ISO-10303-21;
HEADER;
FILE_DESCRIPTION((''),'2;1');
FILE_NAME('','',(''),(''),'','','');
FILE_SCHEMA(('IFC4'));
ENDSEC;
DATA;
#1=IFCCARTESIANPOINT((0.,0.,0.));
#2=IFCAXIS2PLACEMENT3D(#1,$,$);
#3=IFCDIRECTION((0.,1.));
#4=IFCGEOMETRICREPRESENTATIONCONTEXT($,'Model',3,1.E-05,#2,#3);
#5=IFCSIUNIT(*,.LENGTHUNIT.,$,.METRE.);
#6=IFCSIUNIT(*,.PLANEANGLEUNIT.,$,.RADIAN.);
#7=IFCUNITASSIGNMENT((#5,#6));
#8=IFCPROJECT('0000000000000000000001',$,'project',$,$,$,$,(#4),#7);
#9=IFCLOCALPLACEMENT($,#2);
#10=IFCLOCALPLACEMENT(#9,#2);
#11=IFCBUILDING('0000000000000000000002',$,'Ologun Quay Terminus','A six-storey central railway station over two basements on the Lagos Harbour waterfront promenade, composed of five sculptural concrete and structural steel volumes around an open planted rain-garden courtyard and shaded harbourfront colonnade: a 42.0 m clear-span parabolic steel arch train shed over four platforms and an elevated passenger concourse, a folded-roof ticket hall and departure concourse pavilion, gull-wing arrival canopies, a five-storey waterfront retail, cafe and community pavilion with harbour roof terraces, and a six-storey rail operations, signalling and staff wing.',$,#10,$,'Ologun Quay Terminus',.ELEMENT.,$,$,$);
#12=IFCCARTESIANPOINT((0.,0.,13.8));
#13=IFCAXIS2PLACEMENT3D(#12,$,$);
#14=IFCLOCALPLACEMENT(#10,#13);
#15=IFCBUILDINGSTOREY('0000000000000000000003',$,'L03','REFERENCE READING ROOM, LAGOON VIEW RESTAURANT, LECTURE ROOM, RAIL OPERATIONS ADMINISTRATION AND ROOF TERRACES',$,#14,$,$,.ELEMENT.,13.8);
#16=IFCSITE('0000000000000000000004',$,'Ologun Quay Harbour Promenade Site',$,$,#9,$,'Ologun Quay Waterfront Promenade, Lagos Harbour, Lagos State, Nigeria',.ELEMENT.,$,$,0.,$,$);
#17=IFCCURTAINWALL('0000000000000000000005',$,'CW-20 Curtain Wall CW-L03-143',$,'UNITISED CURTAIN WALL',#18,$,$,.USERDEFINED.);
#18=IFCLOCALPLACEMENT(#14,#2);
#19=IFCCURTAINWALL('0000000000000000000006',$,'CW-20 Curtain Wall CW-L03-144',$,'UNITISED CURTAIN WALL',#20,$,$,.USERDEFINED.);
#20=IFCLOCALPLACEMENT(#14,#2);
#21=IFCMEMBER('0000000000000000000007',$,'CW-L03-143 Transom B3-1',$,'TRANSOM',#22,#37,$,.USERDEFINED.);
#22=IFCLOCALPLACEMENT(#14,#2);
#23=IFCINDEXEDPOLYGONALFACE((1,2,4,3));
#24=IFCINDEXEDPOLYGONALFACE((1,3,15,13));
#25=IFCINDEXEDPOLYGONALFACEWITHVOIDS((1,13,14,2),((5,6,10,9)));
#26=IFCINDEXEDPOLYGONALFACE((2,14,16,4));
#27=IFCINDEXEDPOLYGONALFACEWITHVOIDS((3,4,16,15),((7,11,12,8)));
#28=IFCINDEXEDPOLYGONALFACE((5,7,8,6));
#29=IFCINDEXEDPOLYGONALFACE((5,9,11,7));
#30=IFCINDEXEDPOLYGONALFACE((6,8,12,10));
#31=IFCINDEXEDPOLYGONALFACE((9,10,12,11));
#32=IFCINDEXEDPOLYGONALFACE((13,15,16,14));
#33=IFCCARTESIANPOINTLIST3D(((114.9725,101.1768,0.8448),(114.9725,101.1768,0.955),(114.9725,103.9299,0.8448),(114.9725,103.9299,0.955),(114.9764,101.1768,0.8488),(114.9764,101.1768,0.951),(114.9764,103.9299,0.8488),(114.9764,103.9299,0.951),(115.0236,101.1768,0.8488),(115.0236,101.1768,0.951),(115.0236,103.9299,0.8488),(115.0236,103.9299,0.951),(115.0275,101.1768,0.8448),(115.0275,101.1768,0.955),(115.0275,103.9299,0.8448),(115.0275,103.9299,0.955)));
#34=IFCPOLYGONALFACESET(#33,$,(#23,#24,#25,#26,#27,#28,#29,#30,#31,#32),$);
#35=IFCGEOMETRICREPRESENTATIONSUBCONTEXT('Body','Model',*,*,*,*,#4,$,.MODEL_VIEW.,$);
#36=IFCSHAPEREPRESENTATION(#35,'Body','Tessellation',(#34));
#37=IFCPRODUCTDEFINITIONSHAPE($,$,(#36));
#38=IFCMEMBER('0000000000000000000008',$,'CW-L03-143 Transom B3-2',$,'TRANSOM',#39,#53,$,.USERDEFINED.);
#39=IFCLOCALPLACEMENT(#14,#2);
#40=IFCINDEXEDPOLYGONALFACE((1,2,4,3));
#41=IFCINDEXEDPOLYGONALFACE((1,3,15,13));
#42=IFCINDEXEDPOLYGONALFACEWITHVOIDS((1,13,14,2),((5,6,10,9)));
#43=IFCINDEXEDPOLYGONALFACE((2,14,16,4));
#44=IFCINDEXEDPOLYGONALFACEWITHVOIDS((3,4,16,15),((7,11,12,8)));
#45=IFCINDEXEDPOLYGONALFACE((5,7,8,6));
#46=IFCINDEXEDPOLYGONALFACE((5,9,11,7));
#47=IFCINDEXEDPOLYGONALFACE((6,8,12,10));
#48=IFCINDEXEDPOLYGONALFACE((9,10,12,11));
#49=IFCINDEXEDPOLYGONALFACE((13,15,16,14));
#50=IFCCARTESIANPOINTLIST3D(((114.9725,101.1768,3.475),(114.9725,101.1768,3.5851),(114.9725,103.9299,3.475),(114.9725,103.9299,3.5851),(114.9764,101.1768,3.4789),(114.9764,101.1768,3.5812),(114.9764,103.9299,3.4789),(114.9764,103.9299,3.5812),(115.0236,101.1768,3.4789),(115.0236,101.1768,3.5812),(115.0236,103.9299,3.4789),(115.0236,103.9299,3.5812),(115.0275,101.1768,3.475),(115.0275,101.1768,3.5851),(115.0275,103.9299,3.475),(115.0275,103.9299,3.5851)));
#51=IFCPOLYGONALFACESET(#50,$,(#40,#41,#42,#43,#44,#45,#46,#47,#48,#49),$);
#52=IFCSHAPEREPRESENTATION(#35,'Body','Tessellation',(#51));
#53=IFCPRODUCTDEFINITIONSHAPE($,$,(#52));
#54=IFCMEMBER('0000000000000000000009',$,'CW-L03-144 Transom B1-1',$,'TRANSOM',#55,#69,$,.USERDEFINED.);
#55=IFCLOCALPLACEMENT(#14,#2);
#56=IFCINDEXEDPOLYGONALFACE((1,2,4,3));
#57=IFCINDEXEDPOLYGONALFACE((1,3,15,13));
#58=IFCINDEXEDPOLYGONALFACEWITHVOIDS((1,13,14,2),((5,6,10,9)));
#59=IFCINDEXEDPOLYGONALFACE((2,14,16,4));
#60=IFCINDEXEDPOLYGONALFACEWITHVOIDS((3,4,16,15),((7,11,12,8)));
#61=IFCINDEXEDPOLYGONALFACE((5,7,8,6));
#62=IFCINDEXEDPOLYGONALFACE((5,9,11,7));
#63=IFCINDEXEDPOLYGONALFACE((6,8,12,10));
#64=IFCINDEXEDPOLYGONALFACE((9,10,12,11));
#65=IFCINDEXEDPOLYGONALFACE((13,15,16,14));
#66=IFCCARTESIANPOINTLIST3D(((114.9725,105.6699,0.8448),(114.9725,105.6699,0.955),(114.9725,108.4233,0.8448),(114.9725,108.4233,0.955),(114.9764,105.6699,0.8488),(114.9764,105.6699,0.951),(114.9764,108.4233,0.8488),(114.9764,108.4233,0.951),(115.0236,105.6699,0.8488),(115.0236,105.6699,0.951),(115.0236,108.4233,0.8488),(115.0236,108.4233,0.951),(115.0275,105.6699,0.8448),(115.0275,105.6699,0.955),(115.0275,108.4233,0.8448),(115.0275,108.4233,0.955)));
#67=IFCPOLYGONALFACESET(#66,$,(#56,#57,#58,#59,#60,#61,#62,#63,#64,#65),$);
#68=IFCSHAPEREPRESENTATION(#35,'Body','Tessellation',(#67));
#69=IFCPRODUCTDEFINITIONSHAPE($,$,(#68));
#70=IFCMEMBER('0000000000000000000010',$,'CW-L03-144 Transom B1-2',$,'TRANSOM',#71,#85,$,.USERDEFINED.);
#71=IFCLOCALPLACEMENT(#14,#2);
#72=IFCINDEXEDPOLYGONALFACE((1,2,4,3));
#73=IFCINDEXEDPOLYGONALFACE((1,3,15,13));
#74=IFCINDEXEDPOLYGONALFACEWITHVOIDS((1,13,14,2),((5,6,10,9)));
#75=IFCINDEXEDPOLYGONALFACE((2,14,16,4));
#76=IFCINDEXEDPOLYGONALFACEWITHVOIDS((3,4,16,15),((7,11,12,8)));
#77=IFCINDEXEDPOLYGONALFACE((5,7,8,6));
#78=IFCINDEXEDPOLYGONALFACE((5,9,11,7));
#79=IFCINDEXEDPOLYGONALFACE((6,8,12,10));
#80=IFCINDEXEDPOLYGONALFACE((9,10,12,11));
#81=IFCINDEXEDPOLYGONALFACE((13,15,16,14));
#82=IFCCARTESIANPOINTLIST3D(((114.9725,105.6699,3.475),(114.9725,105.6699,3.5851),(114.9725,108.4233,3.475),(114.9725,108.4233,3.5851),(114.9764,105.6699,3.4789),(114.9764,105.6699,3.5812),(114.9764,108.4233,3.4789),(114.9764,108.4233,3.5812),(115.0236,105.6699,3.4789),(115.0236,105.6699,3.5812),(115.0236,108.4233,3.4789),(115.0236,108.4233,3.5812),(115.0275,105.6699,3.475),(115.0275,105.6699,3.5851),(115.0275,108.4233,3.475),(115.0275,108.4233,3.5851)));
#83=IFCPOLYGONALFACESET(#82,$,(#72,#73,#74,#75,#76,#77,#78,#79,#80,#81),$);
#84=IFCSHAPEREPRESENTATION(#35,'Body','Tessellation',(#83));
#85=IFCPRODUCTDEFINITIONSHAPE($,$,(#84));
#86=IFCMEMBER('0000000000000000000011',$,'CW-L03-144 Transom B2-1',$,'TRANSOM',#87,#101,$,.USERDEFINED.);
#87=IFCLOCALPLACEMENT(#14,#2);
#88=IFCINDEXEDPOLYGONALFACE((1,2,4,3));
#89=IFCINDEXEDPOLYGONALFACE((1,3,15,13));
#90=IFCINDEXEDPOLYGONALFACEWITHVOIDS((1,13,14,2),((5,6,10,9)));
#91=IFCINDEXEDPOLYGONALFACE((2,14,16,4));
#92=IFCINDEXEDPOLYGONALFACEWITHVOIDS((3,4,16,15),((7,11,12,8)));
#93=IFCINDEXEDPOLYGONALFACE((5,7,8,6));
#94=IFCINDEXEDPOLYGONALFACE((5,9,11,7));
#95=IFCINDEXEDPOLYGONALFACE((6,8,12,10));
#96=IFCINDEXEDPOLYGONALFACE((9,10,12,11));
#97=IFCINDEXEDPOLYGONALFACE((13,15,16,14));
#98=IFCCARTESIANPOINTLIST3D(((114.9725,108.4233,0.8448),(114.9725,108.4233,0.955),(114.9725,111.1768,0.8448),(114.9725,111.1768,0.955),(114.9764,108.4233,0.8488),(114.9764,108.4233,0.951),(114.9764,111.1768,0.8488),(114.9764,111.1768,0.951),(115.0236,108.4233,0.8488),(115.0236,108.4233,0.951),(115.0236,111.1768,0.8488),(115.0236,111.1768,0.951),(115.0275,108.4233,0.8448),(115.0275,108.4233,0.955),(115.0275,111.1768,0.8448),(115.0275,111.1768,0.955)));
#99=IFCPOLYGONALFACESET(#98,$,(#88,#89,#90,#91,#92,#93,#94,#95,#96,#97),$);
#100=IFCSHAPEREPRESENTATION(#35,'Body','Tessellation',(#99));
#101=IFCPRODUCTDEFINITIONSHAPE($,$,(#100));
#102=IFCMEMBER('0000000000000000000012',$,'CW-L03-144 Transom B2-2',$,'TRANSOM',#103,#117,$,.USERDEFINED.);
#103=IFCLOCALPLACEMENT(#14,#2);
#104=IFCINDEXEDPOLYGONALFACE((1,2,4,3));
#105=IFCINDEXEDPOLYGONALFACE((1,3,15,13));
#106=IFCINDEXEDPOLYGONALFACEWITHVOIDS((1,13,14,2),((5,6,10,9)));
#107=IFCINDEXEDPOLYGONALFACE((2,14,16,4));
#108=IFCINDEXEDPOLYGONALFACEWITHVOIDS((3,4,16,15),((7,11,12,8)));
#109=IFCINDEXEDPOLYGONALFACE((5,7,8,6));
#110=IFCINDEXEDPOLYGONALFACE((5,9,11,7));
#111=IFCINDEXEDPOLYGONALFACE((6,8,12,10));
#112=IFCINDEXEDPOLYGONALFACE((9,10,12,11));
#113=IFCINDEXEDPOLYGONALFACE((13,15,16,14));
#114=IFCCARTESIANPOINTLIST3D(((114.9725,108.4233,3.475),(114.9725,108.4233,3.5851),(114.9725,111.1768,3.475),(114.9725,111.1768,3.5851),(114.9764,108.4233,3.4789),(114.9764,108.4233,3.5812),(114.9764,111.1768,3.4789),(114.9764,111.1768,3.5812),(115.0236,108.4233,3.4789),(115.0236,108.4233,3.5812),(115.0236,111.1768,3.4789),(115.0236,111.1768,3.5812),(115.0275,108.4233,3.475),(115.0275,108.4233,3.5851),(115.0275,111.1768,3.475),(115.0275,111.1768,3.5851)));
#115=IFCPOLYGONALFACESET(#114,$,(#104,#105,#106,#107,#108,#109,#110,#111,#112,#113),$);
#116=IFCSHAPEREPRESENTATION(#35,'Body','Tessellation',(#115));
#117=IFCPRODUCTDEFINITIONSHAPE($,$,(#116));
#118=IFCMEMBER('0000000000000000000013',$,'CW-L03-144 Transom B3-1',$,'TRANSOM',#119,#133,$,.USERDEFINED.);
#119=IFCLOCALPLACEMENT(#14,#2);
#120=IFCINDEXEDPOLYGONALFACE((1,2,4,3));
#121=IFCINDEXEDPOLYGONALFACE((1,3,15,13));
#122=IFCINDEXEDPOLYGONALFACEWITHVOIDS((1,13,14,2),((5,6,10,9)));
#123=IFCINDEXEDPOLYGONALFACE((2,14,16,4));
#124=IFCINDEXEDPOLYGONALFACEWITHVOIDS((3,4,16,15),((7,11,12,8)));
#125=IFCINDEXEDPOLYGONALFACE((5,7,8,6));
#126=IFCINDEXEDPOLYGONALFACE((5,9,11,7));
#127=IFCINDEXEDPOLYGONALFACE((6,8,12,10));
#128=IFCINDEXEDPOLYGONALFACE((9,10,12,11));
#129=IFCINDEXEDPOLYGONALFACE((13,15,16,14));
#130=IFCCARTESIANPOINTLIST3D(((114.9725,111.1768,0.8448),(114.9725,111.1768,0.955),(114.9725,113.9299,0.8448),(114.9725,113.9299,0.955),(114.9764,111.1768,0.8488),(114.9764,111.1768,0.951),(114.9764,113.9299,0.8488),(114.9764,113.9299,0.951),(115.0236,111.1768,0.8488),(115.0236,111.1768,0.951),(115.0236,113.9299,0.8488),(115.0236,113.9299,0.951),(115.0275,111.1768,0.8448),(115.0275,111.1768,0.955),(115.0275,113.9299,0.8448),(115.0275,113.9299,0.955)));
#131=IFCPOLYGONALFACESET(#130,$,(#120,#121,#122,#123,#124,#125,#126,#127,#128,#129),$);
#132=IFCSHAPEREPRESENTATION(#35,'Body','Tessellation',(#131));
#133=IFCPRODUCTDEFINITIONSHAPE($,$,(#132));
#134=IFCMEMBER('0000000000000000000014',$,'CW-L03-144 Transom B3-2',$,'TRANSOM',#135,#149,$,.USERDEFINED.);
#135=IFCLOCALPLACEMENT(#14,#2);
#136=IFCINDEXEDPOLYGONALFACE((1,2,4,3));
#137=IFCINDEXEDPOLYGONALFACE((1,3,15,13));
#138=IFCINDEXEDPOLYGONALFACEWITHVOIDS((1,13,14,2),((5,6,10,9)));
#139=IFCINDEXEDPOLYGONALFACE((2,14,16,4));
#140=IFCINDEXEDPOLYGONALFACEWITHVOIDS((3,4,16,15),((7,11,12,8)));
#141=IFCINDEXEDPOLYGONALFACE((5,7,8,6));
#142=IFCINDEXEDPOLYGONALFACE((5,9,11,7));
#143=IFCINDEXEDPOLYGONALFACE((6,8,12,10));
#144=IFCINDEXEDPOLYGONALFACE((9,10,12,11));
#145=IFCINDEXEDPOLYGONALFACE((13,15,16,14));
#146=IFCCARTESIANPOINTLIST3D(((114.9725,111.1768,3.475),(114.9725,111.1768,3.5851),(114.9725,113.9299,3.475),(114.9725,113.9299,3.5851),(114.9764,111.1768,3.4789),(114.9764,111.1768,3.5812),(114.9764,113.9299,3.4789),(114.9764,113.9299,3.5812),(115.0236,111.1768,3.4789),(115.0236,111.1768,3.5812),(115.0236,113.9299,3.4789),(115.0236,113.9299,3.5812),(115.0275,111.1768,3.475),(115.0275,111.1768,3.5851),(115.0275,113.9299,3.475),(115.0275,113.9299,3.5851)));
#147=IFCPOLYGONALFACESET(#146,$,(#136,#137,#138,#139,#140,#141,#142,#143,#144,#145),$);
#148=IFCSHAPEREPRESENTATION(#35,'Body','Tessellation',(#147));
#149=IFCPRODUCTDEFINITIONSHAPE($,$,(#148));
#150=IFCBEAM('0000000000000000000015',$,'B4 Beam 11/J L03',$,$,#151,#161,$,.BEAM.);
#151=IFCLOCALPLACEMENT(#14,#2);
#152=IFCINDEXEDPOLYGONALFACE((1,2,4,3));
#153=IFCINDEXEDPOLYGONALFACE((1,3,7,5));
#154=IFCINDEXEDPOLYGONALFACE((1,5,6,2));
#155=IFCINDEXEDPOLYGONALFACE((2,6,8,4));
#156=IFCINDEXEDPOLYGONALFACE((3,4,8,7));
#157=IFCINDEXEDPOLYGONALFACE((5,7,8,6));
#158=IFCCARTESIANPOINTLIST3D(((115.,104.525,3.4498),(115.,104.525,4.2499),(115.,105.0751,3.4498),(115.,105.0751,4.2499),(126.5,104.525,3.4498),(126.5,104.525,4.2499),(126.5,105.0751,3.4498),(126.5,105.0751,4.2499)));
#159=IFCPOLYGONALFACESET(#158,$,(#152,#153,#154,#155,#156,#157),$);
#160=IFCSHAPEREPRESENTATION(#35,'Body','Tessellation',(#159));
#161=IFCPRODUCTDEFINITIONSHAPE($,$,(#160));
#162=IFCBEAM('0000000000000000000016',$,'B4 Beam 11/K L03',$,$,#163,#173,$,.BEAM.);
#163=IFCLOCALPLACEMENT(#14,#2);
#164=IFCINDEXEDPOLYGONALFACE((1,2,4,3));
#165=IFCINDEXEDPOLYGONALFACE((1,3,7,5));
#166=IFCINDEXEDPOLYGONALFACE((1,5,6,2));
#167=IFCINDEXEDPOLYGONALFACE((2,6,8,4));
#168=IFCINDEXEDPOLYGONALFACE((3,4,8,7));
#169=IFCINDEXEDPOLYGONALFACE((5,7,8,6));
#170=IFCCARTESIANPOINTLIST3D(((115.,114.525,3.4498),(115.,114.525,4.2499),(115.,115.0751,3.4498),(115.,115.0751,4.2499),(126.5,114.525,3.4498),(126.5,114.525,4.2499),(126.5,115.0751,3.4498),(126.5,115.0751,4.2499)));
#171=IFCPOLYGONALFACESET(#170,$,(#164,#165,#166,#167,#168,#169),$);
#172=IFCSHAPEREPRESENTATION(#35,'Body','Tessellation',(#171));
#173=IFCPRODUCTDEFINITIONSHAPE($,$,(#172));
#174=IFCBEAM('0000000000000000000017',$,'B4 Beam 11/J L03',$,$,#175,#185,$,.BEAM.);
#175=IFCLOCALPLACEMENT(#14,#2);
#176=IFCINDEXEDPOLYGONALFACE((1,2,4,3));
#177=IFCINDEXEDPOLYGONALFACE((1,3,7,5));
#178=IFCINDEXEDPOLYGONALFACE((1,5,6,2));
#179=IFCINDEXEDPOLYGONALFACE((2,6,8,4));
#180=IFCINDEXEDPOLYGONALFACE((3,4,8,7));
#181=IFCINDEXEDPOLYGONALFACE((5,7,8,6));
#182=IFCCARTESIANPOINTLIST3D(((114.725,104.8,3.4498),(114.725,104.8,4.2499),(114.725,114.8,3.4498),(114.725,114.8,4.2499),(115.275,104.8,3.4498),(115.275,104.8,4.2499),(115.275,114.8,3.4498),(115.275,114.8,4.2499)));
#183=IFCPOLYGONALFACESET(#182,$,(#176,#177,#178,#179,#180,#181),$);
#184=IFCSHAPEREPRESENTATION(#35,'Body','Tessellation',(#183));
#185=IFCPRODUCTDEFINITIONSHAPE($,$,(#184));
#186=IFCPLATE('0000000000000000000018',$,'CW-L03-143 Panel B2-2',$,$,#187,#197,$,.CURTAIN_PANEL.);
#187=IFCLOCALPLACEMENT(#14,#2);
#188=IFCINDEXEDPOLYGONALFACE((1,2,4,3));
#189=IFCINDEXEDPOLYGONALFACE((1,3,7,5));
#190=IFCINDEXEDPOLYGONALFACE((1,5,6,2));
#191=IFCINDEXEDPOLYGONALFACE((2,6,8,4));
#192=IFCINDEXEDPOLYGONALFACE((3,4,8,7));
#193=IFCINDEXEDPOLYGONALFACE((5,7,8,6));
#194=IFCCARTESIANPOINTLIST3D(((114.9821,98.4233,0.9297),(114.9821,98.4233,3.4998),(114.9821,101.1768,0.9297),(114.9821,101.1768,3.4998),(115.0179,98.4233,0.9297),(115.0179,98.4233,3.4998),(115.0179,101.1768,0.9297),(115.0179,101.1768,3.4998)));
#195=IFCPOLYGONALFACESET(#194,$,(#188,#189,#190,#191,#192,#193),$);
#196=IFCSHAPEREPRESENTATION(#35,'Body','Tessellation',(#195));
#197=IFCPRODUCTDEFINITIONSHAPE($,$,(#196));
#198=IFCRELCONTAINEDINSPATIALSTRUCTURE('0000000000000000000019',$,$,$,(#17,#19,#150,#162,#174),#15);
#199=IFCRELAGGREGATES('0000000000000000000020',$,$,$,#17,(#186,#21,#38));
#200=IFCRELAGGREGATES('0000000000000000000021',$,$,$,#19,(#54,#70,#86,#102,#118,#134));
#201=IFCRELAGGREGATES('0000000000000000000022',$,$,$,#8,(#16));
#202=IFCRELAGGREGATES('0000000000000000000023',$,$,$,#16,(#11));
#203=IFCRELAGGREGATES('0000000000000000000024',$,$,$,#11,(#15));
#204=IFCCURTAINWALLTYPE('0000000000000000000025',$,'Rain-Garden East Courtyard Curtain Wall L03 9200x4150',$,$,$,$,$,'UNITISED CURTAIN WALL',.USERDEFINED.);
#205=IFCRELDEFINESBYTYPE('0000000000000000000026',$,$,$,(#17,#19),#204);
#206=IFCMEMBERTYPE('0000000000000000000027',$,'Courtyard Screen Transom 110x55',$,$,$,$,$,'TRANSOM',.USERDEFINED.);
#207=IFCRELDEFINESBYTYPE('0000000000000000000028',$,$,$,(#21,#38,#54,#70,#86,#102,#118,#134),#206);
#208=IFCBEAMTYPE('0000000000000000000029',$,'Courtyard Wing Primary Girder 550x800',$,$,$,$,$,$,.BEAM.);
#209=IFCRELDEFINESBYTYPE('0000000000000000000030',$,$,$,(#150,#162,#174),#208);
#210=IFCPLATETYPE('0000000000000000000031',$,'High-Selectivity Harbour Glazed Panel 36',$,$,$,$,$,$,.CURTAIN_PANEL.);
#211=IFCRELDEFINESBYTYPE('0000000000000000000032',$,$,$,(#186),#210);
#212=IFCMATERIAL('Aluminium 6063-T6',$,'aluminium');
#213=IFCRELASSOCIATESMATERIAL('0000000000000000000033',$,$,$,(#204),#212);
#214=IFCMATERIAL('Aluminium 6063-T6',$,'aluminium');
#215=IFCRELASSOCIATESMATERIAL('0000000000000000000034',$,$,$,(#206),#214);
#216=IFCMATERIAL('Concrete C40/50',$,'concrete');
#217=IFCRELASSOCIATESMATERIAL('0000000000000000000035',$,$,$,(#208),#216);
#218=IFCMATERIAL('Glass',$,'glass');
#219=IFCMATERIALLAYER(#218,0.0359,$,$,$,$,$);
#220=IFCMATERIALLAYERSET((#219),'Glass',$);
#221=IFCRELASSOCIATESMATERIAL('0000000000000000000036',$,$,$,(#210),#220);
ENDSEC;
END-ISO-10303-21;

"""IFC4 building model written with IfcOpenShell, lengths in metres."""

from ifc_helpers import new_model, si_unit, direction, frame, origin, origin_2d, place, context, subcontext, project, spatial, rectangle, hollow_rectangle, extrude, material, layer, layer_set, material_profile, profile_set, type_object, element, aggregate, save


model = new_model("IFC4")

# Units and contexts
model_context = context("Model", 3, precision=1e-05, world=origin(), true_north=direction((0.0, 1.0)))
body_context = subcontext(model_context, "Body", "Model", "MODEL_VIEW")
ifc_project = project(units=[si_unit("LENGTHUNIT", "METRE"), si_unit("PLANEANGLEUNIT", "RADIAN")], contexts=[model_context])

# Site, building, storey
site_placement = place(None, origin())
site = spatial("IfcSite", under=ifc_project, at=site_placement, Name="Ologun Quay Harbour Promenade Site", LongName="Ologun Quay Waterfront Promenade, Lagos Harbour, Lagos State, Nigeria", CompositionType="ELEMENT", RefElevation=0.0)
building_placement = place(site_placement, origin())
building = spatial("IfcBuilding", under=site, at=building_placement, Name="Ologun Quay Terminus", Description="A six-storey central railway station over two basements on the Lagos Harbour waterfront promenade, composed of five sculptural concrete and structural steel volumes around an open planted rain-garden courtyard and shaded harbourfront colonnade: a 42.0 m clear-span parabolic steel arch train shed over four platforms and an elevated passenger concourse, a folded-roof ticket hall and departure concourse pavilion, gull-wing arrival canopies, a five-storey waterfront retail, cafe and community pavilion with harbour roof terraces, and a six-storey rail operations, signalling and staff wing.", LongName="Ologun Quay Terminus", CompositionType="ELEMENT")
storey_placement = place(building_placement, frame((0.0, 0.0, 13.8)))
storey = spatial("IfcBuildingStorey", under=building, at=storey_placement, Name="L03", Description="REFERENCE READING ROOM, LAGOON VIEW RESTAURANT, LECTURE ROOM, RAIL OPERATIONS ADMINISTRATION AND ROOF TERRACES", CompositionType="ELEMENT", Elevation=13.8)

# Curtain walls
ifc_material_1 = material(Name="Aluminium 6063-T6", Category="aluminium")
curtain_wall_type = type_object("IfcCurtainWallType", Name="Rain-Garden East Courtyard Curtain Wall L03 9200x4150", ElementType="UNITISED CURTAIN WALL", PredefinedType="USERDEFINED", material=ifc_material_1)
curtain_wall_1_placement = place(storey_placement, origin())
curtain_wall_1 = element("IfcCurtainWall", 1, at=curtain_wall_1_placement, inside=storey, type_object=curtain_wall_type, Name="CW-20 Curtain Wall CW-L03-143", ObjectType="UNITISED CURTAIN WALL", PredefinedType="USERDEFINED")
curtain_wall_2_placement = place(storey_placement, origin())
curtain_wall_2 = element("IfcCurtainWall", 2, at=curtain_wall_2_placement, inside=storey, type_object=curtain_wall_type, Name="CW-20 Curtain Wall CW-L03-144", ObjectType="UNITISED CURTAIN WALL", PredefinedType="USERDEFINED")

# Members
ifc_material_2 = material(Name="Aluminium 6063-T6", Category="aluminium")
ifc_material_profile_1 = material_profile(ifc_material_2, hollow_rectangle(XDim=0.0549, YDim=0.1101, WallThickness=0.0039, at=origin_2d()), Name="ALU 110x55x4")
ifc_profile_set_1 = profile_set([ifc_material_profile_1], Name="Aluminium 6063-T6")
member_type_1 = type_object("IfcMemberType", Name="Courtyard Screen Transom 110x55", ElementType="TRANSOM", PredefinedType="USERDEFINED", material=ifc_profile_set_1)
member_1_placement = place(storey_placement, frame((115.0, 101.1768, 0.8999), z_axis=(0.0, 1.0, 0.0), x_axis=(-1.0, 0.0, 0.0)))
member_1 = element("IfcMember", 3, at=member_1_placement, type_object=member_type_1, Name="CW-L03-143 Transom B3-1", ObjectType="TRANSOM", PredefinedType="USERDEFINED", context=body_context, shape_type="SweptSolid", body=[
    extrude(hollow_rectangle(XDim=0.0549, YDim=0.1101, WallThickness=0.0039, at=origin_2d()), origin(), (0.0, 0.0, 1.0), 2.7532),
])
member_2_placement = place(storey_placement, frame((115.0, 101.1768, 3.53), z_axis=(0.0, 1.0, 0.0), x_axis=(-1.0, 0.0, 0.0)))
member_2 = element("IfcMember", 4, at=member_2_placement, type_object=member_type_1, Name="CW-L03-143 Transom B3-2", ObjectType="TRANSOM", PredefinedType="USERDEFINED", context=body_context, shape_type="SweptSolid", body=[
    extrude(hollow_rectangle(XDim=0.0549, YDim=0.1101, WallThickness=0.0039, at=origin_2d()), origin(), (0.0, 0.0, 1.0), 2.7532),
])
member_3_placement = place(storey_placement, frame((115.0, 105.6699, 0.8999), z_axis=(0.0, 1.0, 0.0), x_axis=(-1.0, 0.0, 0.0)))
member_3 = element("IfcMember", 5, at=member_3_placement, type_object=member_type_1, Name="CW-L03-144 Transom B1-1", ObjectType="TRANSOM", PredefinedType="USERDEFINED", context=body_context, shape_type="SweptSolid", body=[
    extrude(hollow_rectangle(XDim=0.0549, YDim=0.1101, WallThickness=0.0039, at=origin_2d()), origin(), (0.0, 0.0, 1.0), 2.7534),
])
member_4_placement = place(storey_placement, frame((115.0, 105.6699, 3.53), z_axis=(0.0, 1.0, 0.0), x_axis=(-1.0, 0.0, 0.0)))
member_4 = element("IfcMember", 6, at=member_4_placement, type_object=member_type_1, Name="CW-L03-144 Transom B1-2", ObjectType="TRANSOM", PredefinedType="USERDEFINED", context=body_context, shape_type="SweptSolid", body=[
    extrude(hollow_rectangle(XDim=0.0549, YDim=0.1101, WallThickness=0.0039, at=origin_2d()), origin(), (0.0, 0.0, 1.0), 2.7534),
])
member_5_placement = place(storey_placement, frame((115.0, 108.4233, 0.8999), z_axis=(0.0, 1.0, 0.0), x_axis=(-1.0, 0.0, 0.0)))
member_5 = element("IfcMember", 7, at=member_5_placement, type_object=member_type_1, Name="CW-L03-144 Transom B2-1", ObjectType="TRANSOM", PredefinedType="USERDEFINED", context=body_context, shape_type="SweptSolid", body=[
    extrude(hollow_rectangle(XDim=0.0549, YDim=0.1101, WallThickness=0.0039, at=origin_2d()), origin(), (0.0, 0.0, 1.0), 2.7534),
])
member_6_placement = place(storey_placement, frame((115.0, 108.4233, 3.53), z_axis=(0.0, 1.0, 0.0), x_axis=(-1.0, 0.0, 0.0)))
member_6 = element("IfcMember", 8, at=member_6_placement, type_object=member_type_1, Name="CW-L03-144 Transom B2-2", ObjectType="TRANSOM", PredefinedType="USERDEFINED", context=body_context, shape_type="SweptSolid", body=[
    extrude(hollow_rectangle(XDim=0.0549, YDim=0.1101, WallThickness=0.0039, at=origin_2d()), origin(), (0.0, 0.0, 1.0), 2.7534),
])
member_7_placement = place(storey_placement, frame((115.0, 111.1768, 0.8999), z_axis=(0.0, 1.0, 0.0), x_axis=(-1.0, 0.0, 0.0)))
member_7 = element("IfcMember", 9, at=member_7_placement, type_object=member_type_1, Name="CW-L03-144 Transom B3-1", ObjectType="TRANSOM", PredefinedType="USERDEFINED", context=body_context, shape_type="SweptSolid", body=[
    extrude(hollow_rectangle(XDim=0.0549, YDim=0.1101, WallThickness=0.0039, at=origin_2d()), origin(), (0.0, 0.0, 1.0), 2.7532),
])
member_8_placement = place(storey_placement, frame((115.0, 111.1768, 3.53), z_axis=(0.0, 1.0, 0.0), x_axis=(-1.0, 0.0, 0.0)))
member_8 = element("IfcMember", 10, at=member_8_placement, type_object=member_type_1, Name="CW-L03-144 Transom B3-2", ObjectType="TRANSOM", PredefinedType="USERDEFINED", context=body_context, shape_type="SweptSolid", body=[
    extrude(hollow_rectangle(XDim=0.0549, YDim=0.1101, WallThickness=0.0039, at=origin_2d()), origin(), (0.0, 0.0, 1.0), 2.7532),
])

# Beams
ifc_material_3 = material(Name="Concrete C40/50", Category="concrete")
ifc_material_profile_2 = material_profile(ifc_material_3, rectangle(XDim=0.55, YDim=0.8, at=origin_2d()), Name="RC 550x800")
ifc_profile_set_2 = profile_set([ifc_material_profile_2], Name="Concrete C40/50")
beam_type = type_object("IfcBeamType", Name="Courtyard Wing Primary Girder 550x800", PredefinedType="BEAM", material=ifc_profile_set_2)
for number, where, z_axis, x_axis, name in (
    (11, (115.0, 104.8, 3.8499), (1.0, 0.0, 0.0), (0.0, 1.0, 0.0), "B4 Beam 11/J L03"),
    (12, (115.0, 114.8, 3.8499), (1.0, 0.0, 0.0), (0.0, 1.0, 0.0), "B4 Beam 11/K L03"),
):
    element("IfcBeam", number, at=place(storey_placement, frame(where, z_axis=z_axis, x_axis=x_axis)), inside=storey, type_object=beam_type, Name=name, PredefinedType="BEAM", context=body_context, shape_type="SweptSolid", body=[
        extrude(rectangle(XDim=0.55, YDim=0.8, at=origin_2d()), origin(), (0.0, 0.0, 1.0), 11.5),
    ])
beam_placement = place(storey_placement, frame((115.0, 104.8, 3.8499), z_axis=(0.0, 1.0, 0.0), x_axis=(-1.0, 0.0, 0.0)))
element("IfcBeam", 13, at=beam_placement, inside=storey, type_object=beam_type, Name="B4 Beam 11/J L03", PredefinedType="BEAM", context=body_context, shape_type="SweptSolid", body=[
    extrude(rectangle(XDim=0.55, YDim=0.8, at=origin_2d()), origin(), (0.0, 0.0, 1.0), 10.0),
])

# Plate
ifc_material_4 = material(Name="Glass", Category="glass")
ifc_layer_1 = layer(ifc_material_4, 0.0359)
ifc_layer_set_1 = layer_set([ifc_layer_1], Name="Glass")
plate_type_1 = type_object("IfcPlateType", Name="High-Selectivity Harbour Glazed Panel 36", PredefinedType="CURTAIN_PANEL", material=ifc_layer_set_1)
plate_1_placement = place(storey_placement, frame((115.0, 99.8, 0.9297), z_axis=(0.0, 0.0, 1.0), x_axis=(0.0, 1.0, 0.0)))
plate_1 = element("IfcPlate", 14, at=plate_1_placement, type_object=plate_type_1, Name="CW-L03-143 Panel B2-2", PredefinedType="CURTAIN_PANEL", context=body_context, shape_type="SweptSolid", body=[
    extrude(rectangle(XDim=2.7534, YDim=0.0359, at=origin_2d()), origin(), (0.0, 0.0, 1.0), 2.5701),
])
aggregate(curtain_wall_1, [plate_1, member_1, member_2])
aggregate(curtain_wall_2, [member_3, member_4, member_5, member_6, member_7, member_8])

save(model, "model.ifc")
